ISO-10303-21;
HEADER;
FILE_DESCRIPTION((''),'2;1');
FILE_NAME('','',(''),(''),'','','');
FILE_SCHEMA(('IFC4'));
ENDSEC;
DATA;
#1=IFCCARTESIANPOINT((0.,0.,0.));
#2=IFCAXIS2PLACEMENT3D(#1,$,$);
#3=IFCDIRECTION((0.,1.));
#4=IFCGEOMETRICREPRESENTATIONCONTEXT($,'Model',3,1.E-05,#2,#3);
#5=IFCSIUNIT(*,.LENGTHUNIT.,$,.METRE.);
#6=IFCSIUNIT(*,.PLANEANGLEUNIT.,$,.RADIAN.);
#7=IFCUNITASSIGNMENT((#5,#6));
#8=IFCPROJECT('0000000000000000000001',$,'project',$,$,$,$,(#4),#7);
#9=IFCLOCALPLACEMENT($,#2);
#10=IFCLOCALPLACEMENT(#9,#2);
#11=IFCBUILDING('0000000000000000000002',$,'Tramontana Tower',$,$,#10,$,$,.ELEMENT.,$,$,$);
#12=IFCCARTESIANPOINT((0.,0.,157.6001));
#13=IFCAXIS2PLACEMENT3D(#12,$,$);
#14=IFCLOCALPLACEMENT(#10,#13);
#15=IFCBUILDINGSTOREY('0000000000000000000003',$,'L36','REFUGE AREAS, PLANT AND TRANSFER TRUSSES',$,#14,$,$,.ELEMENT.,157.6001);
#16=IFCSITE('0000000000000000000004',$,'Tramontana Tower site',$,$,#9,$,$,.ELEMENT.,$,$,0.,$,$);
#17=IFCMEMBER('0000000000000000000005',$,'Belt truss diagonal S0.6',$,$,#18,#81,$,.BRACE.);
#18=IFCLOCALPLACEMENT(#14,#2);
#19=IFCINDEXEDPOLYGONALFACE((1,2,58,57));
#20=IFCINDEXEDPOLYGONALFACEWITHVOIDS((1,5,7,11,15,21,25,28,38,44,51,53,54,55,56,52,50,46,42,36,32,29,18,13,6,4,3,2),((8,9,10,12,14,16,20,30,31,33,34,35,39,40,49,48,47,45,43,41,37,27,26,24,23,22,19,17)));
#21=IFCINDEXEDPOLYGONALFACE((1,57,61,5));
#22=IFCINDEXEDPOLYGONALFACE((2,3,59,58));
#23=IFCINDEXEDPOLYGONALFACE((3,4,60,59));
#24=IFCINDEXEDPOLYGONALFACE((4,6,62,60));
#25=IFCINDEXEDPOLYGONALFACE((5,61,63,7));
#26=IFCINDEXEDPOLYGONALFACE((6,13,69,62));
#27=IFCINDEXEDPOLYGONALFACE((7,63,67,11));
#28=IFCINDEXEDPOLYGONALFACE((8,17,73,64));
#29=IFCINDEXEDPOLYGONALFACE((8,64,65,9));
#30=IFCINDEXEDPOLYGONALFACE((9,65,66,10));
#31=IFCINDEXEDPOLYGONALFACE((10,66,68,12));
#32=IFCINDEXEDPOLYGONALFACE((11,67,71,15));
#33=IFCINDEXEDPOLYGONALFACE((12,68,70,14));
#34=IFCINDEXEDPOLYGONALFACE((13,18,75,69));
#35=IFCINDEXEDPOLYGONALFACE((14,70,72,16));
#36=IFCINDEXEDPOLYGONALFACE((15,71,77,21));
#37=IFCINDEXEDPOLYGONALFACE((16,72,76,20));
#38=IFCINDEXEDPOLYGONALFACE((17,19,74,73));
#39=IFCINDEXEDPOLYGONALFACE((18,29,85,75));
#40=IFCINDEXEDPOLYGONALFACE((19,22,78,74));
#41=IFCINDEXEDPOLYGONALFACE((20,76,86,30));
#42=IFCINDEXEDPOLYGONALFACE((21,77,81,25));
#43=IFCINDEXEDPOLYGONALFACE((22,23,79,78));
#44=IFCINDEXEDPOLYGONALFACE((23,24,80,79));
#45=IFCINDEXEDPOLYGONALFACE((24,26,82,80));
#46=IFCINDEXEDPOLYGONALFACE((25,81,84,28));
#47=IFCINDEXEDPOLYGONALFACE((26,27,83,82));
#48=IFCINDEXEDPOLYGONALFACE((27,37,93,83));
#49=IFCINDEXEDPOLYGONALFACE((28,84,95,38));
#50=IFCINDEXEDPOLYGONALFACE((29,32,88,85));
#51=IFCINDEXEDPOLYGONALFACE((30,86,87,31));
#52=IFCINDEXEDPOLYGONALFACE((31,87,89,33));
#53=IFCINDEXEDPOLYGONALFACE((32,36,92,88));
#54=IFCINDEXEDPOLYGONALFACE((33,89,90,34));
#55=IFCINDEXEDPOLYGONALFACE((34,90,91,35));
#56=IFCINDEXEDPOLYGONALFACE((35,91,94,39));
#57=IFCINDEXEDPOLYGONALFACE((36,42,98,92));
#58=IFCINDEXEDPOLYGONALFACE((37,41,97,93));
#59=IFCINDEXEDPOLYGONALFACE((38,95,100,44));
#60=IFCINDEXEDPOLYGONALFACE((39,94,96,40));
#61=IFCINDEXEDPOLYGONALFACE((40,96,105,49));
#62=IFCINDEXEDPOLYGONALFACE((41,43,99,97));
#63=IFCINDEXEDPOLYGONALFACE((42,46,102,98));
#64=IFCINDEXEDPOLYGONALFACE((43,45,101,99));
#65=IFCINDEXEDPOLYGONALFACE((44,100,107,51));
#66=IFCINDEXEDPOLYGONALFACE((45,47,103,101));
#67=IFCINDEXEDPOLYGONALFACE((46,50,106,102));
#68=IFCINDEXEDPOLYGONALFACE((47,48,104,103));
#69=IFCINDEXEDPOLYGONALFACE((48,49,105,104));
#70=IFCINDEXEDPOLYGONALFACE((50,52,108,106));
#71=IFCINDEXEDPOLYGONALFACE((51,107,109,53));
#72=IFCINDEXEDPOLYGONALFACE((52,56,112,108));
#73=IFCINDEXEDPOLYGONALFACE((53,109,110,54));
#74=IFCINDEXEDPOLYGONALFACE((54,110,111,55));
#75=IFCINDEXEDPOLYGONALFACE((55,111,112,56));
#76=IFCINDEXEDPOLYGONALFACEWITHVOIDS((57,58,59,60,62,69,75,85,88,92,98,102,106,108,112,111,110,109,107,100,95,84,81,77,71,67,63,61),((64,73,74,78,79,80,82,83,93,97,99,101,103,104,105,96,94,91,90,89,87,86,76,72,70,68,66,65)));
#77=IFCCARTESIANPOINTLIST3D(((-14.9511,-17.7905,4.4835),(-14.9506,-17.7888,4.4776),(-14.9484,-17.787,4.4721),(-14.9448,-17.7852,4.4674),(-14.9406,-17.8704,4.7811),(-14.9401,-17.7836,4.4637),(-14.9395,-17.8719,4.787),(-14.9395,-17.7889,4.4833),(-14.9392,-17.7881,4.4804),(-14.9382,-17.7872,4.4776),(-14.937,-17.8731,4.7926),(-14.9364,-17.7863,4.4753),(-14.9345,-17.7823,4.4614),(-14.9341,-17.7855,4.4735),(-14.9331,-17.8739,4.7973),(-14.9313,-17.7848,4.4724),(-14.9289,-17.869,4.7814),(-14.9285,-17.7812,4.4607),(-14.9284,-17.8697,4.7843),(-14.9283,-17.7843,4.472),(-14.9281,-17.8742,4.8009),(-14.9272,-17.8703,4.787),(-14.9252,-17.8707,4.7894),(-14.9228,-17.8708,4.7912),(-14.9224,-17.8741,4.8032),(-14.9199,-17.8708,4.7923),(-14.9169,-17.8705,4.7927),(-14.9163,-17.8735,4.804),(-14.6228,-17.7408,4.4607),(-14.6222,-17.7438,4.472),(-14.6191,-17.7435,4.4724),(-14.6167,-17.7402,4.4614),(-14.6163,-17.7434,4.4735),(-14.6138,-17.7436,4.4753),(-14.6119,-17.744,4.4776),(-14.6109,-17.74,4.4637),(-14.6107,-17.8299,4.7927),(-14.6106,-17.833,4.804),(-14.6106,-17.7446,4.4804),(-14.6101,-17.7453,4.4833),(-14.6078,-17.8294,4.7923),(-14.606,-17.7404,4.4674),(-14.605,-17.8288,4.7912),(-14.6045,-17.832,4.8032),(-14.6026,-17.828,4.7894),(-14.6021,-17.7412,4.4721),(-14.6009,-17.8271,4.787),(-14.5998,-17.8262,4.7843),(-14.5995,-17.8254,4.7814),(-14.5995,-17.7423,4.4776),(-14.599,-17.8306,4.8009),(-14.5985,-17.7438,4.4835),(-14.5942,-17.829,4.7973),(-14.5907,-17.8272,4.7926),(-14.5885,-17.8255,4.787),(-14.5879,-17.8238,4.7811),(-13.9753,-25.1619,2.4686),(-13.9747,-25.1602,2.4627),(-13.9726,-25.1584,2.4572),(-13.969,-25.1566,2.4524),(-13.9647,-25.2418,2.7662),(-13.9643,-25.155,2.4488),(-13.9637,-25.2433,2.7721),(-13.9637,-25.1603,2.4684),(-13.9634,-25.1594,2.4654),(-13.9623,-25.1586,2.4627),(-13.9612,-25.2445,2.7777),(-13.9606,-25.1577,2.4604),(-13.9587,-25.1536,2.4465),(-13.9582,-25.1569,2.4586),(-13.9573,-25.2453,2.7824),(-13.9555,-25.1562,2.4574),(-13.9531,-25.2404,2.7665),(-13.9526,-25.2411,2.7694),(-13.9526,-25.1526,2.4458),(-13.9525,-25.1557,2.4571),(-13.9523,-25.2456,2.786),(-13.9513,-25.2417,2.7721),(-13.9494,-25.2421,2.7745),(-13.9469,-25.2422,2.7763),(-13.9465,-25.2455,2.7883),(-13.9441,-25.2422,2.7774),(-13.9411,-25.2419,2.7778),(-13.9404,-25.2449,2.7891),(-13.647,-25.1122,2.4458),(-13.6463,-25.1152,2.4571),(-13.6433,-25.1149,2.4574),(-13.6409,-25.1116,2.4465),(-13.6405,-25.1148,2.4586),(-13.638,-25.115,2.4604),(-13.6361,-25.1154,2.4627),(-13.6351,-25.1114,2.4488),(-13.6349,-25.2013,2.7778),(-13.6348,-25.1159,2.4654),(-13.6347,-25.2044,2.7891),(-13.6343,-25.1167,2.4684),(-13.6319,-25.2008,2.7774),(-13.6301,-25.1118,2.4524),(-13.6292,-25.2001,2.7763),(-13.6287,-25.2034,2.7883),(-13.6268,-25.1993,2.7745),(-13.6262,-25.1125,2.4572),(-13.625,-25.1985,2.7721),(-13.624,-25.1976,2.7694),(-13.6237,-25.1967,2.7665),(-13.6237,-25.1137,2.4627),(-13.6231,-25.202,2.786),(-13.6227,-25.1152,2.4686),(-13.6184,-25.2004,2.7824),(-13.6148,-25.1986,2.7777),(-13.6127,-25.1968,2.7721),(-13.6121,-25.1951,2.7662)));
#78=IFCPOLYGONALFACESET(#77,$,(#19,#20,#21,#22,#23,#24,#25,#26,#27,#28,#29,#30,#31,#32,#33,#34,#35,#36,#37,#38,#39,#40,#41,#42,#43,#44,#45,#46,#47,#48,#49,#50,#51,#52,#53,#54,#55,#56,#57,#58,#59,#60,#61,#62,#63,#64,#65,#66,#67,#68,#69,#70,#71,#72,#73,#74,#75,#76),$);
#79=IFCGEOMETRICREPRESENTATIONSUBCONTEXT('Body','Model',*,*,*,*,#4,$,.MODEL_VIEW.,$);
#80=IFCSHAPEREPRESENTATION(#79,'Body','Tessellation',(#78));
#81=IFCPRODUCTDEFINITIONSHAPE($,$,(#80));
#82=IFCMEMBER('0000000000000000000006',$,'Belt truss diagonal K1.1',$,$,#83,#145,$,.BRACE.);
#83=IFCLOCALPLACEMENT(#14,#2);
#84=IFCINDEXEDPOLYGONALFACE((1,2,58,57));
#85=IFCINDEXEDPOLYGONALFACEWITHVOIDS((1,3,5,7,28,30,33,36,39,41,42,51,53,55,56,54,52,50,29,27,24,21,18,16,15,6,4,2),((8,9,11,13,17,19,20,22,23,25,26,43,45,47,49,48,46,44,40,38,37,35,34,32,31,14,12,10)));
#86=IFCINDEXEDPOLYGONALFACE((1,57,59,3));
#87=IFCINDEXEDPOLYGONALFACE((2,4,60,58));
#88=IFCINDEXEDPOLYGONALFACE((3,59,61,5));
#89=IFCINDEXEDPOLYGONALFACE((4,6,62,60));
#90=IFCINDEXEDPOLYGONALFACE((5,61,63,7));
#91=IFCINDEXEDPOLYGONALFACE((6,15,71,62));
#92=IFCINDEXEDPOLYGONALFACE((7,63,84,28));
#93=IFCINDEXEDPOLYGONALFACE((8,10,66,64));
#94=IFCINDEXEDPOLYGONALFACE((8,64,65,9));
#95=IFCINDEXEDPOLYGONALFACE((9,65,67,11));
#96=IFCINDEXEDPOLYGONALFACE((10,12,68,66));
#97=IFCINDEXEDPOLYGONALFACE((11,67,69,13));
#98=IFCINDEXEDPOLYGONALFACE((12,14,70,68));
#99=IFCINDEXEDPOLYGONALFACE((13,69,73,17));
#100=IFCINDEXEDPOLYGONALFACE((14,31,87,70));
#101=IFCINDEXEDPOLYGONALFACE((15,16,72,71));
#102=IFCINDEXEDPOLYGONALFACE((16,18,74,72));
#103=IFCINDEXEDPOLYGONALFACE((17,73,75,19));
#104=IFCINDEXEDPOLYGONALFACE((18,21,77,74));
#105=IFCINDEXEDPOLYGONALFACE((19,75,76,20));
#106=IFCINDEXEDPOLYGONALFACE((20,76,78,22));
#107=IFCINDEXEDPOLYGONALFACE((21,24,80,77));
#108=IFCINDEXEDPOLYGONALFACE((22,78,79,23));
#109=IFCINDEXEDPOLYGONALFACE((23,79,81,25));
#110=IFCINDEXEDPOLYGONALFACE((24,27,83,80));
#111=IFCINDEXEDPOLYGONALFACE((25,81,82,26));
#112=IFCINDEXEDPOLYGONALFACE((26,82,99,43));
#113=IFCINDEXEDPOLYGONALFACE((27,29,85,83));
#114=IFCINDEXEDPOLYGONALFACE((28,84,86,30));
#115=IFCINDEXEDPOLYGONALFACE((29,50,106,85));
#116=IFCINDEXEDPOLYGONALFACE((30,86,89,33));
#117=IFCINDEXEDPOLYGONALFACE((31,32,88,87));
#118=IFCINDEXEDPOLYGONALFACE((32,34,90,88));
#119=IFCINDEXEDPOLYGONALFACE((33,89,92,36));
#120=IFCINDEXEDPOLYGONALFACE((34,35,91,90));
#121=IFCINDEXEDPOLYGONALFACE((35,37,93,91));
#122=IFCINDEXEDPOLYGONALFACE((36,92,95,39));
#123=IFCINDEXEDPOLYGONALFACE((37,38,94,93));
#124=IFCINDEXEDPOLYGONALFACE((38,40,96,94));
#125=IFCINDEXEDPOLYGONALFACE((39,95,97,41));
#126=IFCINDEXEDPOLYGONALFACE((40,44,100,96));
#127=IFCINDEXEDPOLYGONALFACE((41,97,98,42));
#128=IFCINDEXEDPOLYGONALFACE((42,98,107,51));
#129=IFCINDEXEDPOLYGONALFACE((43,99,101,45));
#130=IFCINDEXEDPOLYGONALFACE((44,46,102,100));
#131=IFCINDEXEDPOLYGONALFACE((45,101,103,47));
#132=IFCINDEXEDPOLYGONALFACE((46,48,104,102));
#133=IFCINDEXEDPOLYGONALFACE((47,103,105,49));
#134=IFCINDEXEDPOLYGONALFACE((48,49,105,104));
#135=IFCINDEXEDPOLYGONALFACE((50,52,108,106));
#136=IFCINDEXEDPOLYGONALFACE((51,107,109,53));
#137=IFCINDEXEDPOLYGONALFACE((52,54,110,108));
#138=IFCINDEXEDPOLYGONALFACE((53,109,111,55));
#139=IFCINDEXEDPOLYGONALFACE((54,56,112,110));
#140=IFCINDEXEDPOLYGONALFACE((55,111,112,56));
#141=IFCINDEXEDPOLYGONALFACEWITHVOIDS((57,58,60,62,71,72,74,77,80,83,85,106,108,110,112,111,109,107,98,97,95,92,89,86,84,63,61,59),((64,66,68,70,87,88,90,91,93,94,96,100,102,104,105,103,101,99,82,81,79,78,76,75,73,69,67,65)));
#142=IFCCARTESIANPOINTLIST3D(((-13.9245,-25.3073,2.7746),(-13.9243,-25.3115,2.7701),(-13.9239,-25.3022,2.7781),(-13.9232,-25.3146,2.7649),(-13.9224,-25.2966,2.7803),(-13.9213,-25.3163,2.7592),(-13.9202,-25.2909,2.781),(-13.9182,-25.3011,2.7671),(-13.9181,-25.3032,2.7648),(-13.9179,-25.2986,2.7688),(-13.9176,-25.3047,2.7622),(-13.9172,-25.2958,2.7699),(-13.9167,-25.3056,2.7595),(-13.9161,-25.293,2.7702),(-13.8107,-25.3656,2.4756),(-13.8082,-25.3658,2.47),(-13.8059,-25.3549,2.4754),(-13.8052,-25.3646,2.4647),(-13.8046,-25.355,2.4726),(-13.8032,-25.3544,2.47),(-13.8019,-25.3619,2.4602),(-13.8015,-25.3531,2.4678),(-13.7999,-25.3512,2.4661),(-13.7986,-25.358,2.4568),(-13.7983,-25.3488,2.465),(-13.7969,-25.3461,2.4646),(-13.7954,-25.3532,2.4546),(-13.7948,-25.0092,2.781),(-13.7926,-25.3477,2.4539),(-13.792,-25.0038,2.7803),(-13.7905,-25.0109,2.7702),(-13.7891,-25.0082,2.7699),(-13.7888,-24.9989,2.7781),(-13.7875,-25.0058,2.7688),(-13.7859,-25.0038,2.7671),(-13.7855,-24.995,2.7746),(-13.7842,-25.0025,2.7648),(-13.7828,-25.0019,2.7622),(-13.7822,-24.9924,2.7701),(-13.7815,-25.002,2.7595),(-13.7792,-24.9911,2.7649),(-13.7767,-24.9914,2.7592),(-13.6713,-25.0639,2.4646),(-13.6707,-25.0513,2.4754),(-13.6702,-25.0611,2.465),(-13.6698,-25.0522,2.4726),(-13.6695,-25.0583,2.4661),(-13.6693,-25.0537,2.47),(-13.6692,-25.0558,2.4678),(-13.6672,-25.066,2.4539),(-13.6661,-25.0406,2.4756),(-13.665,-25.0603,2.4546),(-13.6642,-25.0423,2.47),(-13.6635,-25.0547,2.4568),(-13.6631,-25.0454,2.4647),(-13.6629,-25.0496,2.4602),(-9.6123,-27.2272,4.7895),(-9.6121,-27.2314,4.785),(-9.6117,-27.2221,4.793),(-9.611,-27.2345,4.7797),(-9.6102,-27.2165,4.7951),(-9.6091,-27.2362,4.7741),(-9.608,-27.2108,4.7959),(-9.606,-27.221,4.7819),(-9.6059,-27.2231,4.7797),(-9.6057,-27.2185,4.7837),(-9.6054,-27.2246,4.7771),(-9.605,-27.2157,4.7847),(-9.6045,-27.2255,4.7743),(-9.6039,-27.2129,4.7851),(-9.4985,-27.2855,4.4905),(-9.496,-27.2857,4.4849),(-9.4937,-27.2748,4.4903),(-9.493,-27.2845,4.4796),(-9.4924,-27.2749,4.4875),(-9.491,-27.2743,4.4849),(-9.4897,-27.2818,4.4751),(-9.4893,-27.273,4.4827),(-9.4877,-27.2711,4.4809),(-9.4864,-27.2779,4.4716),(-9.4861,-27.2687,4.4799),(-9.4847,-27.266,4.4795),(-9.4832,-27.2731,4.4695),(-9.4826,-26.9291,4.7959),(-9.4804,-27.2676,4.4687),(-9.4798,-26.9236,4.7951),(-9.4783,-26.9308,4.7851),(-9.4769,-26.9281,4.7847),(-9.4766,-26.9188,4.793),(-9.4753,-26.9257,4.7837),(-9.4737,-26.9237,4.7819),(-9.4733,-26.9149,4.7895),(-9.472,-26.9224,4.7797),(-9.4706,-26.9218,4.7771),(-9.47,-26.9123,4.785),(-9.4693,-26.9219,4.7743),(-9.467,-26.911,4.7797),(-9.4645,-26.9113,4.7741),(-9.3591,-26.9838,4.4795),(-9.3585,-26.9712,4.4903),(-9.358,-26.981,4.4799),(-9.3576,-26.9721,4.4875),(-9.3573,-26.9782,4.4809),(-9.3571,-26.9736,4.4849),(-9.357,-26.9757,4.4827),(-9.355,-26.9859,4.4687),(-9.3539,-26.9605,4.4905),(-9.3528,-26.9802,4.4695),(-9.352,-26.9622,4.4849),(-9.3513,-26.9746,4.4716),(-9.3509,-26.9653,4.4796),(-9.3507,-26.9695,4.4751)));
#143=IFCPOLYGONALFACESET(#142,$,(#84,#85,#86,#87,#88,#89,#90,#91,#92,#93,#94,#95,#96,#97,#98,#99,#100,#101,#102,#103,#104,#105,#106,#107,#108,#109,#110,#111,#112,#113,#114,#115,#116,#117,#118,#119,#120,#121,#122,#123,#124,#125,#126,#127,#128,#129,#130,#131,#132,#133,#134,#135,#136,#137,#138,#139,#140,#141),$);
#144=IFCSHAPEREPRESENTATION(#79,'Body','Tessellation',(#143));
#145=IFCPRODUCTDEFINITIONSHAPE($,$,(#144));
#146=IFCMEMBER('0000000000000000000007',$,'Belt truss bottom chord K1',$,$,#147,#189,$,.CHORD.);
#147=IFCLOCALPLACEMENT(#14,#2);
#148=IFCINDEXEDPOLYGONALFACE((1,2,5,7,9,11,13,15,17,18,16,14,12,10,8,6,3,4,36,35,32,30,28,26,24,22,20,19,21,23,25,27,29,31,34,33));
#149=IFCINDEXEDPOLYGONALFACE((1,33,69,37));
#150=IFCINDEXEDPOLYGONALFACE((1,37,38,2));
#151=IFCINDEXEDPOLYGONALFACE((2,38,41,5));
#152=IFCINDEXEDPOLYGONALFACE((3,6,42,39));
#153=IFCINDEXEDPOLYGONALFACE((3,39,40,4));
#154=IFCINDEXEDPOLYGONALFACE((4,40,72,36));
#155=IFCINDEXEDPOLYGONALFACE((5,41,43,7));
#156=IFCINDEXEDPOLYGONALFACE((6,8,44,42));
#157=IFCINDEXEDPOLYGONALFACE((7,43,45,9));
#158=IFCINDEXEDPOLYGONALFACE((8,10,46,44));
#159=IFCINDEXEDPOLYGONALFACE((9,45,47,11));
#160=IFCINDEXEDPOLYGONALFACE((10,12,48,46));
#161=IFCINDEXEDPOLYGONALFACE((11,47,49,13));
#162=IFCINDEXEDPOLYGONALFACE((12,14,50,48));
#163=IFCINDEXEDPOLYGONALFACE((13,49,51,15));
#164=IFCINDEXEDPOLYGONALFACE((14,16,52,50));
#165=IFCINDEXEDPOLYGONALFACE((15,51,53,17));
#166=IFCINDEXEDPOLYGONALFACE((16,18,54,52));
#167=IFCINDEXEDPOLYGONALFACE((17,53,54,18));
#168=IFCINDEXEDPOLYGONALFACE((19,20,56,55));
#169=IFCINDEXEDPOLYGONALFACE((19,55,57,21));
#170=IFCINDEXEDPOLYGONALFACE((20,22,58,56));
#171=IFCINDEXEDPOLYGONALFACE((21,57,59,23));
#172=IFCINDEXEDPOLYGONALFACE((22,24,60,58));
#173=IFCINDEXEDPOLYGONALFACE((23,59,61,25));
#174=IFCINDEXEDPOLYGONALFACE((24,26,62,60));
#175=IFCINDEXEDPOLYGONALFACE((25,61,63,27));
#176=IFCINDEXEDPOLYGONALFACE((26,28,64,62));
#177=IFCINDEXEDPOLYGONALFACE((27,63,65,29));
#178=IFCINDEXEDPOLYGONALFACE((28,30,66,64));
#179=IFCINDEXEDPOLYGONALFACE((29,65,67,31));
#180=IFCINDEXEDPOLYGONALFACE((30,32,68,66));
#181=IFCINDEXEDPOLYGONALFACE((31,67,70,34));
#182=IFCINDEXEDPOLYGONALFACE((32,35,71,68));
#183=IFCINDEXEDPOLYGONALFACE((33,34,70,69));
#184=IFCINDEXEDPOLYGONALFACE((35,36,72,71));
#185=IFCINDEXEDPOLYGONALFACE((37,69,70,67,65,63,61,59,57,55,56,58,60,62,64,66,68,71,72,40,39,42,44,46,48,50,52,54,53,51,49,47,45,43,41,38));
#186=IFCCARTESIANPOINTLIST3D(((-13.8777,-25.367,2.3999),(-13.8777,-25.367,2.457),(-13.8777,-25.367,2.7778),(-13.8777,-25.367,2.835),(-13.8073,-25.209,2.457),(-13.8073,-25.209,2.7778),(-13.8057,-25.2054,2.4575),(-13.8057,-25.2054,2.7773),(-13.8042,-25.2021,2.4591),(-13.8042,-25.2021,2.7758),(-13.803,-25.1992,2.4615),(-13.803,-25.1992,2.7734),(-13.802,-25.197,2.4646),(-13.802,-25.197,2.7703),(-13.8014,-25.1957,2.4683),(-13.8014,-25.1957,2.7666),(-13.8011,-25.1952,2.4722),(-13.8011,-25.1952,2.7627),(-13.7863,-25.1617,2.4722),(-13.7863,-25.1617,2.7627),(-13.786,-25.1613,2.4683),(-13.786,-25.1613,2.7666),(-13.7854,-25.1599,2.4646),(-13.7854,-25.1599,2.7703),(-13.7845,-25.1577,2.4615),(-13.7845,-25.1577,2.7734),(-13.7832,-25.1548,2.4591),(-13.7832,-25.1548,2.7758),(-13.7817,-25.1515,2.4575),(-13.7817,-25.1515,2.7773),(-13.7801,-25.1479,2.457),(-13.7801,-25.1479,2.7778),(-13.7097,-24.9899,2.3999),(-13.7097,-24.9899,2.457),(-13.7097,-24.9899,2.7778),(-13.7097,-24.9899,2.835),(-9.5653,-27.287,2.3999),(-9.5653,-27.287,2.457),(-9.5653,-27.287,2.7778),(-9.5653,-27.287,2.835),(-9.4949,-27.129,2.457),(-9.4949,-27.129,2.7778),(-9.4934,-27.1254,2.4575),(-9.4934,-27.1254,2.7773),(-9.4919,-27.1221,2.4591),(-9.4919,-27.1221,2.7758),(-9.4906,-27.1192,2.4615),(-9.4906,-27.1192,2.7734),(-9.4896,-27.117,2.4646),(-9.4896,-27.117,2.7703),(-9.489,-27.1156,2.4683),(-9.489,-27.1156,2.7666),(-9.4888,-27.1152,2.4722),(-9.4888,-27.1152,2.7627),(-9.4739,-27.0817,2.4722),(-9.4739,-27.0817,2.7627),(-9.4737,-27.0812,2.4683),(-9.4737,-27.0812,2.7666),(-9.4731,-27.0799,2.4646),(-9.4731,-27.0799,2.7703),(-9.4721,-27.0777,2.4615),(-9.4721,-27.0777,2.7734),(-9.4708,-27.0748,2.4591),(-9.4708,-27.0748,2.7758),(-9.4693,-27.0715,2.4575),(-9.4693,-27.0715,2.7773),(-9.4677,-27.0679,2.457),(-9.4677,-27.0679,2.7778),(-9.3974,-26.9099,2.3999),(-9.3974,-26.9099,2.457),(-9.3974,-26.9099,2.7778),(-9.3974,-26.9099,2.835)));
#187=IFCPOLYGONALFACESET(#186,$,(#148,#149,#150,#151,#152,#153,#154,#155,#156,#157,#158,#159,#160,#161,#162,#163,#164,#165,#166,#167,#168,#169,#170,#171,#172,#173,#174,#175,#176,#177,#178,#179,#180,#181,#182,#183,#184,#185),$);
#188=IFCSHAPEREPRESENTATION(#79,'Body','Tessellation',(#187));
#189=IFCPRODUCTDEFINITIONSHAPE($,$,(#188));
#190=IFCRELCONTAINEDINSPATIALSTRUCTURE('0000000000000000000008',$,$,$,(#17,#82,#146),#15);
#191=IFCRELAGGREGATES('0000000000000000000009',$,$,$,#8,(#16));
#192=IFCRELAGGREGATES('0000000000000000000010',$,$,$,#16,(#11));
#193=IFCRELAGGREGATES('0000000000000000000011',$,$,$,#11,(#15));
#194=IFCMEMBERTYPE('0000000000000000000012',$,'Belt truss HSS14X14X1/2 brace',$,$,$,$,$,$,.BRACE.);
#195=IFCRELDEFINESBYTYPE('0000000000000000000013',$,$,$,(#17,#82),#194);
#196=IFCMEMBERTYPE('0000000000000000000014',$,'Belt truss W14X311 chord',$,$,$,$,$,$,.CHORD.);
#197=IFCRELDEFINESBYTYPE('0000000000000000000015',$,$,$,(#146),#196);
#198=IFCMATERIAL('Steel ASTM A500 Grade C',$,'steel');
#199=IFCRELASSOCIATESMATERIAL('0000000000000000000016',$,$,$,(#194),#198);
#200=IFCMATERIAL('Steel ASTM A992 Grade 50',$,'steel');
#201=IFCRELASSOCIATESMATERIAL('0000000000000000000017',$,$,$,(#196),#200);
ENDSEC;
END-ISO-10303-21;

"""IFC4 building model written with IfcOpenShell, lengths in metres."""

from ifc_helpers import new_model, si_unit, direction, frame, origin, origin_2d, place, context, subcontext, project, spatial, hollow_rectangle, i_section, extrude, material, material_profile, profile_set, type_object, element, save


model = new_model("IFC4")

# Units and contexts
model_context = context("Model", 3, precision=1e-05, world=origin(), true_north=direction((0.0, 1.0)))
body_context = subcontext(model_context, "Body", "Model", "MODEL_VIEW")
ifc_project = project(units=[si_unit("LENGTHUNIT", "METRE"), si_unit("PLANEANGLEUNIT", "RADIAN")], contexts=[model_context])

# Site, building, storey
site_placement = place(None, origin())
site = spatial("IfcSite", under=ifc_project, at=site_placement, Name="Tramontana Tower site", CompositionType="ELEMENT", RefElevation=0.0)
building_placement = place(site_placement, origin())
building = spatial("IfcBuilding", under=site, at=building_placement, Name="Tramontana Tower", CompositionType="ELEMENT")
storey_placement = place(building_placement, frame((0.0, 0.0, 157.6001)))
storey = spatial("IfcBuildingStorey", under=building, at=storey_placement, Name="L36", Description="REFUGE AREAS, PLANT AND TRANSFER TRUSSES", CompositionType="ELEMENT", Elevation=157.6001)

# Members
ifc_material_1 = material(Name="Steel ASTM A500 Grade C", Category="steel")
ifc_material_profile_1 = material_profile(ifc_material_1, hollow_rectangle(XDim=0.3557, YDim=0.3557, WallThickness=0.0117, InnerFilletRadius=0.0117, OuterFilletRadius=0.0237, at=origin_2d()), Name="HSS14X14X1/2")
ifc_profile_set_1 = profile_set([ifc_material_profile_1], Name="Steel ASTM A500 Grade C")
member_type_1 = type_object("IfcMemberType", Name="Belt truss HSS14X14X1/2 brace", PredefinedType="BRACE", material=ifc_profile_set_1)
member_1_placement = place(storey_placement, frame((-14.7695, -17.8071, 4.6323), z_axis=(0.126669, -0.956843, -0.261545), x_axis=(0.991351, 0.131237, 0.0)))
element("IfcMember", 1, at=member_1_placement, inside=storey, type_object=member_type_1, Name="Belt truss diagonal S0.6", PredefinedType="BRACE", context=body_context, shape_type="SweptSolid", body=[
    extrude(hollow_rectangle(XDim=0.3557, YDim=0.3557, WallThickness=0.0117, InnerFilletRadius=0.0117, OuterFilletRadius=0.0237, at=origin_2d()), origin(), (0.0, 0.0, 1.0), 7.7039),
])
member_2_placement = place(storey_placement, frame((-13.7937, -25.1785, 2.6174), z_axis=(0.840204, -0.374079, 0.392584), x_axis=(0.406733, 0.913547, 0.0)))
element("IfcMember", 2, at=member_2_placement, inside=storey, type_object=member_type_1, Name="Belt truss diagonal K1.1", PredefinedType="BRACE", context=body_context, shape_type="SweptSolid", body=[
    extrude(hollow_rectangle(XDim=0.3557, YDim=0.3557, WallThickness=0.0117, InnerFilletRadius=0.0117, OuterFilletRadius=0.0237, at=origin_2d()), origin(), (0.0, 0.0, 1.0), 5.1323),
])
ifc_material_2 = material(Name="Steel ASTM A992 Grade 50", Category="steel")
ifc_material_profile_2 = material_profile(ifc_material_2, i_section(OverallWidth=0.4128, OverallDepth=0.4351, WebThickness=0.0366, FlangeThickness=0.0571, FilletRadius=0.0151, at=origin_2d()), Name="W14X311")
ifc_profile_set_2 = profile_set([ifc_material_profile_2], Name="Steel ASTM A992 Grade 50")
member_type_2 = type_object("IfcMemberType", Name="Belt truss W14X311 chord", PredefinedType="CHORD", material=ifc_profile_set_2)
for number, where, z_axis, x_axis, name in (
    (3, (-13.7937, -25.1785, 2.6174), (0.913547, -0.406733, 0.0), (0.406733, 0.913547, 0.0), "Belt truss bottom chord K1"),
):
    element("IfcMember", number, at=place(storey_placement, frame(where, z_axis=z_axis, x_axis=x_axis)), inside=storey, type_object=member_type_2, Name=name, PredefinedType="CHORD", context=body_context, shape_type="SweptSolid", body=[
        extrude(i_section(OverallWidth=0.4128, OverallDepth=0.4351, WebThickness=0.0366, FlangeThickness=0.0571, FilletRadius=0.0151, at=origin_2d()), origin(), (0.0, 0.0, 1.0), 4.7205),
    ])

save(model, "model.ifc")
